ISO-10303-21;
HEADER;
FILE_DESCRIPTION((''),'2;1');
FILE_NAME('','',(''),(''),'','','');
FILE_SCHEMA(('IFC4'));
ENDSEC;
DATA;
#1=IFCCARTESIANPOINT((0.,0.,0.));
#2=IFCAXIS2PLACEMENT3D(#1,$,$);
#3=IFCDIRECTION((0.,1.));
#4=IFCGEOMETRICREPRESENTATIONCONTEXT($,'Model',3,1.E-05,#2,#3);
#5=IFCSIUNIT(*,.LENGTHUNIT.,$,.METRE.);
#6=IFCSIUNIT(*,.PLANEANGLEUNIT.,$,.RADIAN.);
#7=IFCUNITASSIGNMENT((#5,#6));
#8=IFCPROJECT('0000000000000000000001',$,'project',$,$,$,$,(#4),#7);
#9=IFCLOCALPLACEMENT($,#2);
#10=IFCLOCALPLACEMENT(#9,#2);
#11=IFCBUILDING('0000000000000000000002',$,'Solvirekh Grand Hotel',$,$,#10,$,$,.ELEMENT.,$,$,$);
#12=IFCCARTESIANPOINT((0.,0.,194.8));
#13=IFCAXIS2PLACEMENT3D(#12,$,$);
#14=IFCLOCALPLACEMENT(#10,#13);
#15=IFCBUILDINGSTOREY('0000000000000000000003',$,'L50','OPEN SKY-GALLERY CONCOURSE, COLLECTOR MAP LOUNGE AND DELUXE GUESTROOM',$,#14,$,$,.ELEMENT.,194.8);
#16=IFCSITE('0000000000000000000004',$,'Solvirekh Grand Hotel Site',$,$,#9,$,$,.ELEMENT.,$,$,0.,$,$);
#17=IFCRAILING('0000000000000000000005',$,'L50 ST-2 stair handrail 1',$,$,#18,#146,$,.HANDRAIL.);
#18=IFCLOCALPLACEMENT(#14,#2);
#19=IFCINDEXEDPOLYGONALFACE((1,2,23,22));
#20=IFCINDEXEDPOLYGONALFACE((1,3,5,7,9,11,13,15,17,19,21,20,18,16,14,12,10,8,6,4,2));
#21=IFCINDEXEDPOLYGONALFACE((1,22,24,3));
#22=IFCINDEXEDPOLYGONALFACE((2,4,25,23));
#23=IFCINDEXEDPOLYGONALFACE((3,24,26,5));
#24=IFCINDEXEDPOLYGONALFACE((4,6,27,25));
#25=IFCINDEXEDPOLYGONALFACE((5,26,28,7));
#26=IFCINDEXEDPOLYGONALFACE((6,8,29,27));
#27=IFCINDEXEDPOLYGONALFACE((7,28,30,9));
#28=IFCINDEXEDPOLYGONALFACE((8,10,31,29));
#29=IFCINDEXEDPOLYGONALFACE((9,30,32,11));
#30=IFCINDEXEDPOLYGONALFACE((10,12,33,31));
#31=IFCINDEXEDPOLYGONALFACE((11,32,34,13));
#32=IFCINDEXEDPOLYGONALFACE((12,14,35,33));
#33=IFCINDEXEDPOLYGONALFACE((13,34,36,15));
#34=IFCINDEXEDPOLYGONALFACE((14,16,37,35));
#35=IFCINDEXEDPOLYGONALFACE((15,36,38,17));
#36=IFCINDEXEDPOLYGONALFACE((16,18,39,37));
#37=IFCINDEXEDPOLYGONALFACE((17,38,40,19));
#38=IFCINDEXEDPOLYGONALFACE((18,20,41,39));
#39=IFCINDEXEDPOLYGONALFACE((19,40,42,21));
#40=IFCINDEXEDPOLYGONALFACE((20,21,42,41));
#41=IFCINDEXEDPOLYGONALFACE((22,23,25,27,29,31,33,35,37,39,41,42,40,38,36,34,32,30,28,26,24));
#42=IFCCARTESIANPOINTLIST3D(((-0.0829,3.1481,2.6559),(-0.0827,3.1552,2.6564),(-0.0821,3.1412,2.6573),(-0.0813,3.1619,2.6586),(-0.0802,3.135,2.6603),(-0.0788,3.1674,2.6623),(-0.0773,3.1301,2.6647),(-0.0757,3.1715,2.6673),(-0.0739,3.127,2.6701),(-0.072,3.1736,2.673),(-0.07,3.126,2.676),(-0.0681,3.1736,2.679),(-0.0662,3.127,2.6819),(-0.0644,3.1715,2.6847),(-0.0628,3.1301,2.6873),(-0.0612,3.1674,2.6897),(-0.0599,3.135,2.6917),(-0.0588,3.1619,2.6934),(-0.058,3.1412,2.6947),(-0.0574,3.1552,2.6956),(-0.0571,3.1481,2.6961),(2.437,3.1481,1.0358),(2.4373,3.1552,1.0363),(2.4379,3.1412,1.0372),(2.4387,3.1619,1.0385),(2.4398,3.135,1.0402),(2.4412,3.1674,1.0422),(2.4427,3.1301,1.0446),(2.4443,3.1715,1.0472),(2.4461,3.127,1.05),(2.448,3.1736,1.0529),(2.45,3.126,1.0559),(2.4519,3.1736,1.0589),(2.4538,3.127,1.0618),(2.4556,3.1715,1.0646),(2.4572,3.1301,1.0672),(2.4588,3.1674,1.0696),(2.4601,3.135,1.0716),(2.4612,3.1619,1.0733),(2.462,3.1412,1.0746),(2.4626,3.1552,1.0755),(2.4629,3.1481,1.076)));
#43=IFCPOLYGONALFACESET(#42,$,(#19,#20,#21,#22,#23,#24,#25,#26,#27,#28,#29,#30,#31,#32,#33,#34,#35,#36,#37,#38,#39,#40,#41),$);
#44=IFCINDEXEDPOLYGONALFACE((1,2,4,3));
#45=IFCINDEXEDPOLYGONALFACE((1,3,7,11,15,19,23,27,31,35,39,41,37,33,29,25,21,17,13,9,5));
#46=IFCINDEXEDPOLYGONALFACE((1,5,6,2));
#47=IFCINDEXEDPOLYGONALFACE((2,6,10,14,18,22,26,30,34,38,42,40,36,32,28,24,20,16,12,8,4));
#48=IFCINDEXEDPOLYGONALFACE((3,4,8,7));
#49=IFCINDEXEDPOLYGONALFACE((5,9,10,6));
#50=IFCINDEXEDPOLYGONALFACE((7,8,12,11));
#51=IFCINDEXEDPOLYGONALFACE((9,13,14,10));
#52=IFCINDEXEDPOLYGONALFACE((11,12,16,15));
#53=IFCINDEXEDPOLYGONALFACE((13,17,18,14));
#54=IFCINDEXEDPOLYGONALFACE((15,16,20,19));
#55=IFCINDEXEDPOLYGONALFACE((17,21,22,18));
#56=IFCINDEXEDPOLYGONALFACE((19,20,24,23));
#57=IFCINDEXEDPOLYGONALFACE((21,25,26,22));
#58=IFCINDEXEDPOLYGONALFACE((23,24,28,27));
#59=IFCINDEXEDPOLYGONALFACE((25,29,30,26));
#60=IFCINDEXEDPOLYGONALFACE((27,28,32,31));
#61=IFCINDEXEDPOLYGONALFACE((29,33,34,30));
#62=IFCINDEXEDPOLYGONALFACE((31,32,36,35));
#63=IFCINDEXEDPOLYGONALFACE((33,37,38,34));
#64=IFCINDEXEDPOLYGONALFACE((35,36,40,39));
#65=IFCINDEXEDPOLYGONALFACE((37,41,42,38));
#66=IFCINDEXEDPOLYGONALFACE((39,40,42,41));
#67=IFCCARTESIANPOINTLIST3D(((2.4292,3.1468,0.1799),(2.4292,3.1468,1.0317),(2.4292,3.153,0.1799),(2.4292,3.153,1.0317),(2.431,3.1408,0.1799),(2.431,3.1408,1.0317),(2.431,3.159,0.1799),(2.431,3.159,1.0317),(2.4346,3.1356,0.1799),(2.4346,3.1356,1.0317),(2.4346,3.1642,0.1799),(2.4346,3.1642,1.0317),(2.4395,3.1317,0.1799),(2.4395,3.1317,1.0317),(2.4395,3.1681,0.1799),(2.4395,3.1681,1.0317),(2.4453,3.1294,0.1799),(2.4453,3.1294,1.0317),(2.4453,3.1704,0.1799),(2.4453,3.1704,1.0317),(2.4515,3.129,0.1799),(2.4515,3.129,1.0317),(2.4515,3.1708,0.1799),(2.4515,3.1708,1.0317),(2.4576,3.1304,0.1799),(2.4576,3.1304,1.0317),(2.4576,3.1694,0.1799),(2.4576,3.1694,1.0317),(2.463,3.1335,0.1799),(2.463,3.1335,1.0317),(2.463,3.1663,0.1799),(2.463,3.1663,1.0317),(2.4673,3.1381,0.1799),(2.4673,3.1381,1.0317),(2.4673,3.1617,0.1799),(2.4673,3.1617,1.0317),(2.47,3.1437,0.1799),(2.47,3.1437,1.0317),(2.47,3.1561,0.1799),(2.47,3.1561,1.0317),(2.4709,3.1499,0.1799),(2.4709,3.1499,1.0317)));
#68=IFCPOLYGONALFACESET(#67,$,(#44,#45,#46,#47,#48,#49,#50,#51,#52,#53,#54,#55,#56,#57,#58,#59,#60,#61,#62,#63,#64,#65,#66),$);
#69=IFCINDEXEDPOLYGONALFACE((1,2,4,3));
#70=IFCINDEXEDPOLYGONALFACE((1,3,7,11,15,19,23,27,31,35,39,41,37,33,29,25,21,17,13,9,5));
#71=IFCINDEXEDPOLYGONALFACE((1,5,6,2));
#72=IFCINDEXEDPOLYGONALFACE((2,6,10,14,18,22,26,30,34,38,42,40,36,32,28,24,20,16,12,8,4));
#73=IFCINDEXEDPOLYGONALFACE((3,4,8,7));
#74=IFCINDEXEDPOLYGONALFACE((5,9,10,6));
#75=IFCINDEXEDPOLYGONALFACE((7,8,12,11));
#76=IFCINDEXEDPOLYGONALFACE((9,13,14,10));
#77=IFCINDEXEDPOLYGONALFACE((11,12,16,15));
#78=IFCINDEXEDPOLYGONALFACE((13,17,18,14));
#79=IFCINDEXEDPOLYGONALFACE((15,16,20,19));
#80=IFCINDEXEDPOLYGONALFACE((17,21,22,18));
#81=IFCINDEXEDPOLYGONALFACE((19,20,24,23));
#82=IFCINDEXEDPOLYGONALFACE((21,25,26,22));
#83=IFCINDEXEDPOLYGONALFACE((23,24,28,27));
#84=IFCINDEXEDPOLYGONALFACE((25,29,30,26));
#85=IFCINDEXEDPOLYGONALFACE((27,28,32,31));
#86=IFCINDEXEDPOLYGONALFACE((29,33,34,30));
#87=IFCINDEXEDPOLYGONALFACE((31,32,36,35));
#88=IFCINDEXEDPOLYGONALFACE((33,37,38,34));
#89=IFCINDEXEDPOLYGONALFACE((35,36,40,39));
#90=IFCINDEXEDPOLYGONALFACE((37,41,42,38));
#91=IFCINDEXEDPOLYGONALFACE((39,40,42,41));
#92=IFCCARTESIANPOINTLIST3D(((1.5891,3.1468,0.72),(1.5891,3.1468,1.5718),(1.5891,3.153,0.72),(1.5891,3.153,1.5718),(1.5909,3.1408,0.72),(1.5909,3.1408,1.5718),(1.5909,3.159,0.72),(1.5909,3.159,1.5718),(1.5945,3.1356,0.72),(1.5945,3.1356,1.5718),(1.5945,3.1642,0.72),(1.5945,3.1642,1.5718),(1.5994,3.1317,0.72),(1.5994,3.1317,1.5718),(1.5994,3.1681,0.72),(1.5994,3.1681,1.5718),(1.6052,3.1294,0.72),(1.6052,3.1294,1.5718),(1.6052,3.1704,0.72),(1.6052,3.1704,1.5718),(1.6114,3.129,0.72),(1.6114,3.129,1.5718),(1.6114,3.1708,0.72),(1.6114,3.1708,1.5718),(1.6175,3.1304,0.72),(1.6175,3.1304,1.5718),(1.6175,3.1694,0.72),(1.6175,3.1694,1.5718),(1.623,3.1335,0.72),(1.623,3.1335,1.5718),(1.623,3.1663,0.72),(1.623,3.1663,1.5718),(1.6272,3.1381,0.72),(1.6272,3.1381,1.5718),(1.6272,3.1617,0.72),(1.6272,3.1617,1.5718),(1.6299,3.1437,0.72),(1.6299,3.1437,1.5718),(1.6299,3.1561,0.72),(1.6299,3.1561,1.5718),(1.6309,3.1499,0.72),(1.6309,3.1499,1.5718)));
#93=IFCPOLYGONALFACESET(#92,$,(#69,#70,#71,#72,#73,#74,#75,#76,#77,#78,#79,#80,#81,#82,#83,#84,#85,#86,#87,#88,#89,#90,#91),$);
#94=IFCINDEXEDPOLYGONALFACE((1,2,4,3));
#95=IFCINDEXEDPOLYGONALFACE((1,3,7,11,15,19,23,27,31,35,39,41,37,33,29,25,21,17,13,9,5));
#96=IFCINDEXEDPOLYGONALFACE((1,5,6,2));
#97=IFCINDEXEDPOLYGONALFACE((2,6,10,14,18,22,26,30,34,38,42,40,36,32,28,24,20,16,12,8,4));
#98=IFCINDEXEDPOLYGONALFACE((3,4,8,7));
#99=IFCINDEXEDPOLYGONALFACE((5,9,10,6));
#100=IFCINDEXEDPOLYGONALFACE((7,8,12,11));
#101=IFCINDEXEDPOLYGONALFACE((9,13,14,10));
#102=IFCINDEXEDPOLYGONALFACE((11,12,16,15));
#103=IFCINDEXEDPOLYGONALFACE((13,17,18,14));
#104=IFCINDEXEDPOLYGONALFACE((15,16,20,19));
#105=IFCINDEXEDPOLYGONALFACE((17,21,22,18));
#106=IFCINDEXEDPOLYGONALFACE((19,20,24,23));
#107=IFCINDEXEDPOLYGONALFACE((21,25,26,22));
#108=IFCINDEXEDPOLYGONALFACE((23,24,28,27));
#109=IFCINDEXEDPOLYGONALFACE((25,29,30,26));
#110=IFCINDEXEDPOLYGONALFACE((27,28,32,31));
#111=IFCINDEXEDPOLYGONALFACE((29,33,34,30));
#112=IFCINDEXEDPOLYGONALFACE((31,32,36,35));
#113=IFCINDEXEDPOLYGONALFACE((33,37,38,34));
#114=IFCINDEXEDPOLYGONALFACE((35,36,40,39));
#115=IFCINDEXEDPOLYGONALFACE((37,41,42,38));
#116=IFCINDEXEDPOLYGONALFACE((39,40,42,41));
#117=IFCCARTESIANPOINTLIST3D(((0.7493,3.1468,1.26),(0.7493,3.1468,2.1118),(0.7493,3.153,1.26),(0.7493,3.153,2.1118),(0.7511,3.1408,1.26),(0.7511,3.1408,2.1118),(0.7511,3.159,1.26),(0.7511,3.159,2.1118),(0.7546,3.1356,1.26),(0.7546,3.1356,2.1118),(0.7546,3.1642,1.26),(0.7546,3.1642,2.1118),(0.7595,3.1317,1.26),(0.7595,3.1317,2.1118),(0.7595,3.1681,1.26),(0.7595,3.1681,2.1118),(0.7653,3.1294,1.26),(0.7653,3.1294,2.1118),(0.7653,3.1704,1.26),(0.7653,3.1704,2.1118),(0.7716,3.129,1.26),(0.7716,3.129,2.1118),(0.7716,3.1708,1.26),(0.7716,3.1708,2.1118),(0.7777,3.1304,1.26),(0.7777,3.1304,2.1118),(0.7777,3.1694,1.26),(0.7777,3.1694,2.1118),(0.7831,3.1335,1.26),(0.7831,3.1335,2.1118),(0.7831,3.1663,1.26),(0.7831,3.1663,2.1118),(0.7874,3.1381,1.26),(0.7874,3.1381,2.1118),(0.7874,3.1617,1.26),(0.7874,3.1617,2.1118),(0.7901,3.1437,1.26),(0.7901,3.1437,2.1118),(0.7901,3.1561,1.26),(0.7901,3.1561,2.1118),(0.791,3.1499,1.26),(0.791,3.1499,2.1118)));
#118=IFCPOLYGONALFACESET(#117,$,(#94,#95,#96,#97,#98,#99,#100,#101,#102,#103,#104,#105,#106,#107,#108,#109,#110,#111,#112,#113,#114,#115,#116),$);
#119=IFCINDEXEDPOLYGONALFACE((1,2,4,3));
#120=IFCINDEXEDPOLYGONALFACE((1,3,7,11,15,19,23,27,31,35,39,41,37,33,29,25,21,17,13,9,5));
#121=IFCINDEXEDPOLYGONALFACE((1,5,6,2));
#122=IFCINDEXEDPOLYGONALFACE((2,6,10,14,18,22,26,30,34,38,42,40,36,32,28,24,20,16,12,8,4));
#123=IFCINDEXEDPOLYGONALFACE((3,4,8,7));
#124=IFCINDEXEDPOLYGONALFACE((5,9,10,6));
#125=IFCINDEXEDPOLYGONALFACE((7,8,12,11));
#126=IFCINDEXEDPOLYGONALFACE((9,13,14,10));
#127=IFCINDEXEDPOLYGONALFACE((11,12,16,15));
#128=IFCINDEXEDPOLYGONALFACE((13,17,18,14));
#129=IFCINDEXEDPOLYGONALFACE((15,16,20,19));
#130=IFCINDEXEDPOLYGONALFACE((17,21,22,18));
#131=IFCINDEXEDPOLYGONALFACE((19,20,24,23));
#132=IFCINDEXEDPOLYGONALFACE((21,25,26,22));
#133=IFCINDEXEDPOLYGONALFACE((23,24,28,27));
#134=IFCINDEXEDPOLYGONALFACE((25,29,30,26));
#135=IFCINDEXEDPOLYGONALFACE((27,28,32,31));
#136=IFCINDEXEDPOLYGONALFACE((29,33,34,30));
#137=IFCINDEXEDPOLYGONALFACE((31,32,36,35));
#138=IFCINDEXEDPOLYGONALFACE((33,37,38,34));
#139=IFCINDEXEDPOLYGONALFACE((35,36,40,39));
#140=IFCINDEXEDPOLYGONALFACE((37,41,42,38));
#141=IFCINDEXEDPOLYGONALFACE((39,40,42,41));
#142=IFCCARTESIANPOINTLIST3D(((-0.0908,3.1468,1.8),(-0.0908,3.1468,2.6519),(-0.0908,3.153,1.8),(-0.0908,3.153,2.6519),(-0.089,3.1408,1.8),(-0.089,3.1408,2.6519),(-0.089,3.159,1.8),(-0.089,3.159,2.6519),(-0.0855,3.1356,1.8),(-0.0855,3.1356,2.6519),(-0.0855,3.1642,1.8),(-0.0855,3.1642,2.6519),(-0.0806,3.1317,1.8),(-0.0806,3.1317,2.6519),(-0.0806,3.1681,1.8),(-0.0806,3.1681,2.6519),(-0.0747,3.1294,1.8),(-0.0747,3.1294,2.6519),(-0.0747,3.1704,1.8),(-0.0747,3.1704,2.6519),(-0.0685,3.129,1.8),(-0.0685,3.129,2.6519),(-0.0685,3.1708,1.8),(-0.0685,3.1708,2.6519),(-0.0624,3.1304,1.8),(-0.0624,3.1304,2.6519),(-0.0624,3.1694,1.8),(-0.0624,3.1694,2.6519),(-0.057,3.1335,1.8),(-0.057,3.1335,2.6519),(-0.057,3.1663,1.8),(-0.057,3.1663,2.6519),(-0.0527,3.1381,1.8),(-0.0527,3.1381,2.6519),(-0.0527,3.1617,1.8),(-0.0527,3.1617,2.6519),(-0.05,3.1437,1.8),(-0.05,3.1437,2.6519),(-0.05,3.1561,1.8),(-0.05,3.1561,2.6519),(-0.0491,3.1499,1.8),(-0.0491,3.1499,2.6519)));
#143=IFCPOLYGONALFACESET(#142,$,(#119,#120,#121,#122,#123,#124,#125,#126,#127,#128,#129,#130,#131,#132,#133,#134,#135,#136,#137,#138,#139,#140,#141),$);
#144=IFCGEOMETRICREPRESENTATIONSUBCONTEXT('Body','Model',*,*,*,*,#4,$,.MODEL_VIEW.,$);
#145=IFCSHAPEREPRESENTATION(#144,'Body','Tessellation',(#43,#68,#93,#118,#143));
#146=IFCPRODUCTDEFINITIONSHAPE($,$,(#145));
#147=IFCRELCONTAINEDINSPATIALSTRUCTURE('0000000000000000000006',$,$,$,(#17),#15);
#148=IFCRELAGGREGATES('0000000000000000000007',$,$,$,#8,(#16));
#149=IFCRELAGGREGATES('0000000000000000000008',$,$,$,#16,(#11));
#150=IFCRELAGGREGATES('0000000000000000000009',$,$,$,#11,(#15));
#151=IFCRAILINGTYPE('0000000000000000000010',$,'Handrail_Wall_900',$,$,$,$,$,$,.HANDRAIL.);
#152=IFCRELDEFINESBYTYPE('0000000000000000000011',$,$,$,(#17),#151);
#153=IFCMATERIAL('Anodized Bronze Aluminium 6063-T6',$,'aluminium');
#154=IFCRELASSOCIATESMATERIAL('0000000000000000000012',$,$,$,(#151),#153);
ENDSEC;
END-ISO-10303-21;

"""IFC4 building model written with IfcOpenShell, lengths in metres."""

from ifc_helpers import new_model, si_unit, direction, frame, origin, origin_2d, place, context, subcontext, project, spatial, circle, extrude, material, type_object, element, save


model = new_model("IFC4")

# Units and contexts
model_context = context("Model", 3, precision=1e-05, world=origin(), true_north=direction((0.0, 1.0)))
body_context = subcontext(model_context, "Body", "Model", "MODEL_VIEW")
ifc_project = project(units=[si_unit("LENGTHUNIT", "METRE"), si_unit("PLANEANGLEUNIT", "RADIAN")], contexts=[model_context])

# Site, building, storey
site_placement = place(None, origin())
site = spatial("IfcSite", under=ifc_project, at=site_placement, Name="Solvirekh Grand Hotel Site", CompositionType="ELEMENT", RefElevation=0.0)
building_placement = place(site_placement, origin())
building = spatial("IfcBuilding", under=site, at=building_placement, Name="Solvirekh Grand Hotel", CompositionType="ELEMENT")
storey_placement = place(building_placement, frame((0.0, 0.0, 194.8)))
storey = spatial("IfcBuildingStorey", under=building, at=storey_placement, Name="L50", Description="OPEN SKY-GALLERY CONCOURSE, COLLECTOR MAP LOUNGE AND DELUXE GUESTROOM", CompositionType="ELEMENT", Elevation=194.8)

# Shared definitions
ifc_material_1 = material(Name="Anodized Bronze Aluminium 6063-T6", Category="aluminium")

# Railing
railing_type_1 = type_object("IfcRailingType", Name="Handrail_Wall_900", PredefinedType="HANDRAIL", material=ifc_material_1)
railing_1_placement = place(storey_placement, frame((2.45, 3.1499, 0.1799)))
element("IfcRailing", 1, at=railing_1_placement, inside=storey, type_object=railing_type_1, Name="L50 ST-2 stair handrail 1", PredefinedType="HANDRAIL", context=body_context, shape_type="SweptSolid", body=[
    extrude(circle(Radius=0.0239, at=origin_2d()), frame((0.0, 0.0, 0.876), z_axis=(-0.841163, 0.0, 0.540782), x_axis=(0.0, -1.0, 0.0)), (0.0, 0.0, 1.0), 2.9958),
    extrude(circle(Radius=0.021, at=origin_2d()), origin(), (0.0, 0.0, 1.0), 0.8518),
    extrude(circle(Radius=0.021, at=origin_2d()), frame((-0.8401, 0.0, 0.54)), (0.0, 0.0, 1.0), 0.8518),
    extrude(circle(Radius=0.021, at=origin_2d()), frame((-1.6799, 0.0, 1.0801)), (0.0, 0.0, 1.0), 0.8518),
    extrude(circle(Radius=0.021, at=origin_2d()), frame((-2.52, 0.0, 1.6201)), (0.0, 0.0, 1.0), 0.8518),
])

save(model, "model.ifc")
